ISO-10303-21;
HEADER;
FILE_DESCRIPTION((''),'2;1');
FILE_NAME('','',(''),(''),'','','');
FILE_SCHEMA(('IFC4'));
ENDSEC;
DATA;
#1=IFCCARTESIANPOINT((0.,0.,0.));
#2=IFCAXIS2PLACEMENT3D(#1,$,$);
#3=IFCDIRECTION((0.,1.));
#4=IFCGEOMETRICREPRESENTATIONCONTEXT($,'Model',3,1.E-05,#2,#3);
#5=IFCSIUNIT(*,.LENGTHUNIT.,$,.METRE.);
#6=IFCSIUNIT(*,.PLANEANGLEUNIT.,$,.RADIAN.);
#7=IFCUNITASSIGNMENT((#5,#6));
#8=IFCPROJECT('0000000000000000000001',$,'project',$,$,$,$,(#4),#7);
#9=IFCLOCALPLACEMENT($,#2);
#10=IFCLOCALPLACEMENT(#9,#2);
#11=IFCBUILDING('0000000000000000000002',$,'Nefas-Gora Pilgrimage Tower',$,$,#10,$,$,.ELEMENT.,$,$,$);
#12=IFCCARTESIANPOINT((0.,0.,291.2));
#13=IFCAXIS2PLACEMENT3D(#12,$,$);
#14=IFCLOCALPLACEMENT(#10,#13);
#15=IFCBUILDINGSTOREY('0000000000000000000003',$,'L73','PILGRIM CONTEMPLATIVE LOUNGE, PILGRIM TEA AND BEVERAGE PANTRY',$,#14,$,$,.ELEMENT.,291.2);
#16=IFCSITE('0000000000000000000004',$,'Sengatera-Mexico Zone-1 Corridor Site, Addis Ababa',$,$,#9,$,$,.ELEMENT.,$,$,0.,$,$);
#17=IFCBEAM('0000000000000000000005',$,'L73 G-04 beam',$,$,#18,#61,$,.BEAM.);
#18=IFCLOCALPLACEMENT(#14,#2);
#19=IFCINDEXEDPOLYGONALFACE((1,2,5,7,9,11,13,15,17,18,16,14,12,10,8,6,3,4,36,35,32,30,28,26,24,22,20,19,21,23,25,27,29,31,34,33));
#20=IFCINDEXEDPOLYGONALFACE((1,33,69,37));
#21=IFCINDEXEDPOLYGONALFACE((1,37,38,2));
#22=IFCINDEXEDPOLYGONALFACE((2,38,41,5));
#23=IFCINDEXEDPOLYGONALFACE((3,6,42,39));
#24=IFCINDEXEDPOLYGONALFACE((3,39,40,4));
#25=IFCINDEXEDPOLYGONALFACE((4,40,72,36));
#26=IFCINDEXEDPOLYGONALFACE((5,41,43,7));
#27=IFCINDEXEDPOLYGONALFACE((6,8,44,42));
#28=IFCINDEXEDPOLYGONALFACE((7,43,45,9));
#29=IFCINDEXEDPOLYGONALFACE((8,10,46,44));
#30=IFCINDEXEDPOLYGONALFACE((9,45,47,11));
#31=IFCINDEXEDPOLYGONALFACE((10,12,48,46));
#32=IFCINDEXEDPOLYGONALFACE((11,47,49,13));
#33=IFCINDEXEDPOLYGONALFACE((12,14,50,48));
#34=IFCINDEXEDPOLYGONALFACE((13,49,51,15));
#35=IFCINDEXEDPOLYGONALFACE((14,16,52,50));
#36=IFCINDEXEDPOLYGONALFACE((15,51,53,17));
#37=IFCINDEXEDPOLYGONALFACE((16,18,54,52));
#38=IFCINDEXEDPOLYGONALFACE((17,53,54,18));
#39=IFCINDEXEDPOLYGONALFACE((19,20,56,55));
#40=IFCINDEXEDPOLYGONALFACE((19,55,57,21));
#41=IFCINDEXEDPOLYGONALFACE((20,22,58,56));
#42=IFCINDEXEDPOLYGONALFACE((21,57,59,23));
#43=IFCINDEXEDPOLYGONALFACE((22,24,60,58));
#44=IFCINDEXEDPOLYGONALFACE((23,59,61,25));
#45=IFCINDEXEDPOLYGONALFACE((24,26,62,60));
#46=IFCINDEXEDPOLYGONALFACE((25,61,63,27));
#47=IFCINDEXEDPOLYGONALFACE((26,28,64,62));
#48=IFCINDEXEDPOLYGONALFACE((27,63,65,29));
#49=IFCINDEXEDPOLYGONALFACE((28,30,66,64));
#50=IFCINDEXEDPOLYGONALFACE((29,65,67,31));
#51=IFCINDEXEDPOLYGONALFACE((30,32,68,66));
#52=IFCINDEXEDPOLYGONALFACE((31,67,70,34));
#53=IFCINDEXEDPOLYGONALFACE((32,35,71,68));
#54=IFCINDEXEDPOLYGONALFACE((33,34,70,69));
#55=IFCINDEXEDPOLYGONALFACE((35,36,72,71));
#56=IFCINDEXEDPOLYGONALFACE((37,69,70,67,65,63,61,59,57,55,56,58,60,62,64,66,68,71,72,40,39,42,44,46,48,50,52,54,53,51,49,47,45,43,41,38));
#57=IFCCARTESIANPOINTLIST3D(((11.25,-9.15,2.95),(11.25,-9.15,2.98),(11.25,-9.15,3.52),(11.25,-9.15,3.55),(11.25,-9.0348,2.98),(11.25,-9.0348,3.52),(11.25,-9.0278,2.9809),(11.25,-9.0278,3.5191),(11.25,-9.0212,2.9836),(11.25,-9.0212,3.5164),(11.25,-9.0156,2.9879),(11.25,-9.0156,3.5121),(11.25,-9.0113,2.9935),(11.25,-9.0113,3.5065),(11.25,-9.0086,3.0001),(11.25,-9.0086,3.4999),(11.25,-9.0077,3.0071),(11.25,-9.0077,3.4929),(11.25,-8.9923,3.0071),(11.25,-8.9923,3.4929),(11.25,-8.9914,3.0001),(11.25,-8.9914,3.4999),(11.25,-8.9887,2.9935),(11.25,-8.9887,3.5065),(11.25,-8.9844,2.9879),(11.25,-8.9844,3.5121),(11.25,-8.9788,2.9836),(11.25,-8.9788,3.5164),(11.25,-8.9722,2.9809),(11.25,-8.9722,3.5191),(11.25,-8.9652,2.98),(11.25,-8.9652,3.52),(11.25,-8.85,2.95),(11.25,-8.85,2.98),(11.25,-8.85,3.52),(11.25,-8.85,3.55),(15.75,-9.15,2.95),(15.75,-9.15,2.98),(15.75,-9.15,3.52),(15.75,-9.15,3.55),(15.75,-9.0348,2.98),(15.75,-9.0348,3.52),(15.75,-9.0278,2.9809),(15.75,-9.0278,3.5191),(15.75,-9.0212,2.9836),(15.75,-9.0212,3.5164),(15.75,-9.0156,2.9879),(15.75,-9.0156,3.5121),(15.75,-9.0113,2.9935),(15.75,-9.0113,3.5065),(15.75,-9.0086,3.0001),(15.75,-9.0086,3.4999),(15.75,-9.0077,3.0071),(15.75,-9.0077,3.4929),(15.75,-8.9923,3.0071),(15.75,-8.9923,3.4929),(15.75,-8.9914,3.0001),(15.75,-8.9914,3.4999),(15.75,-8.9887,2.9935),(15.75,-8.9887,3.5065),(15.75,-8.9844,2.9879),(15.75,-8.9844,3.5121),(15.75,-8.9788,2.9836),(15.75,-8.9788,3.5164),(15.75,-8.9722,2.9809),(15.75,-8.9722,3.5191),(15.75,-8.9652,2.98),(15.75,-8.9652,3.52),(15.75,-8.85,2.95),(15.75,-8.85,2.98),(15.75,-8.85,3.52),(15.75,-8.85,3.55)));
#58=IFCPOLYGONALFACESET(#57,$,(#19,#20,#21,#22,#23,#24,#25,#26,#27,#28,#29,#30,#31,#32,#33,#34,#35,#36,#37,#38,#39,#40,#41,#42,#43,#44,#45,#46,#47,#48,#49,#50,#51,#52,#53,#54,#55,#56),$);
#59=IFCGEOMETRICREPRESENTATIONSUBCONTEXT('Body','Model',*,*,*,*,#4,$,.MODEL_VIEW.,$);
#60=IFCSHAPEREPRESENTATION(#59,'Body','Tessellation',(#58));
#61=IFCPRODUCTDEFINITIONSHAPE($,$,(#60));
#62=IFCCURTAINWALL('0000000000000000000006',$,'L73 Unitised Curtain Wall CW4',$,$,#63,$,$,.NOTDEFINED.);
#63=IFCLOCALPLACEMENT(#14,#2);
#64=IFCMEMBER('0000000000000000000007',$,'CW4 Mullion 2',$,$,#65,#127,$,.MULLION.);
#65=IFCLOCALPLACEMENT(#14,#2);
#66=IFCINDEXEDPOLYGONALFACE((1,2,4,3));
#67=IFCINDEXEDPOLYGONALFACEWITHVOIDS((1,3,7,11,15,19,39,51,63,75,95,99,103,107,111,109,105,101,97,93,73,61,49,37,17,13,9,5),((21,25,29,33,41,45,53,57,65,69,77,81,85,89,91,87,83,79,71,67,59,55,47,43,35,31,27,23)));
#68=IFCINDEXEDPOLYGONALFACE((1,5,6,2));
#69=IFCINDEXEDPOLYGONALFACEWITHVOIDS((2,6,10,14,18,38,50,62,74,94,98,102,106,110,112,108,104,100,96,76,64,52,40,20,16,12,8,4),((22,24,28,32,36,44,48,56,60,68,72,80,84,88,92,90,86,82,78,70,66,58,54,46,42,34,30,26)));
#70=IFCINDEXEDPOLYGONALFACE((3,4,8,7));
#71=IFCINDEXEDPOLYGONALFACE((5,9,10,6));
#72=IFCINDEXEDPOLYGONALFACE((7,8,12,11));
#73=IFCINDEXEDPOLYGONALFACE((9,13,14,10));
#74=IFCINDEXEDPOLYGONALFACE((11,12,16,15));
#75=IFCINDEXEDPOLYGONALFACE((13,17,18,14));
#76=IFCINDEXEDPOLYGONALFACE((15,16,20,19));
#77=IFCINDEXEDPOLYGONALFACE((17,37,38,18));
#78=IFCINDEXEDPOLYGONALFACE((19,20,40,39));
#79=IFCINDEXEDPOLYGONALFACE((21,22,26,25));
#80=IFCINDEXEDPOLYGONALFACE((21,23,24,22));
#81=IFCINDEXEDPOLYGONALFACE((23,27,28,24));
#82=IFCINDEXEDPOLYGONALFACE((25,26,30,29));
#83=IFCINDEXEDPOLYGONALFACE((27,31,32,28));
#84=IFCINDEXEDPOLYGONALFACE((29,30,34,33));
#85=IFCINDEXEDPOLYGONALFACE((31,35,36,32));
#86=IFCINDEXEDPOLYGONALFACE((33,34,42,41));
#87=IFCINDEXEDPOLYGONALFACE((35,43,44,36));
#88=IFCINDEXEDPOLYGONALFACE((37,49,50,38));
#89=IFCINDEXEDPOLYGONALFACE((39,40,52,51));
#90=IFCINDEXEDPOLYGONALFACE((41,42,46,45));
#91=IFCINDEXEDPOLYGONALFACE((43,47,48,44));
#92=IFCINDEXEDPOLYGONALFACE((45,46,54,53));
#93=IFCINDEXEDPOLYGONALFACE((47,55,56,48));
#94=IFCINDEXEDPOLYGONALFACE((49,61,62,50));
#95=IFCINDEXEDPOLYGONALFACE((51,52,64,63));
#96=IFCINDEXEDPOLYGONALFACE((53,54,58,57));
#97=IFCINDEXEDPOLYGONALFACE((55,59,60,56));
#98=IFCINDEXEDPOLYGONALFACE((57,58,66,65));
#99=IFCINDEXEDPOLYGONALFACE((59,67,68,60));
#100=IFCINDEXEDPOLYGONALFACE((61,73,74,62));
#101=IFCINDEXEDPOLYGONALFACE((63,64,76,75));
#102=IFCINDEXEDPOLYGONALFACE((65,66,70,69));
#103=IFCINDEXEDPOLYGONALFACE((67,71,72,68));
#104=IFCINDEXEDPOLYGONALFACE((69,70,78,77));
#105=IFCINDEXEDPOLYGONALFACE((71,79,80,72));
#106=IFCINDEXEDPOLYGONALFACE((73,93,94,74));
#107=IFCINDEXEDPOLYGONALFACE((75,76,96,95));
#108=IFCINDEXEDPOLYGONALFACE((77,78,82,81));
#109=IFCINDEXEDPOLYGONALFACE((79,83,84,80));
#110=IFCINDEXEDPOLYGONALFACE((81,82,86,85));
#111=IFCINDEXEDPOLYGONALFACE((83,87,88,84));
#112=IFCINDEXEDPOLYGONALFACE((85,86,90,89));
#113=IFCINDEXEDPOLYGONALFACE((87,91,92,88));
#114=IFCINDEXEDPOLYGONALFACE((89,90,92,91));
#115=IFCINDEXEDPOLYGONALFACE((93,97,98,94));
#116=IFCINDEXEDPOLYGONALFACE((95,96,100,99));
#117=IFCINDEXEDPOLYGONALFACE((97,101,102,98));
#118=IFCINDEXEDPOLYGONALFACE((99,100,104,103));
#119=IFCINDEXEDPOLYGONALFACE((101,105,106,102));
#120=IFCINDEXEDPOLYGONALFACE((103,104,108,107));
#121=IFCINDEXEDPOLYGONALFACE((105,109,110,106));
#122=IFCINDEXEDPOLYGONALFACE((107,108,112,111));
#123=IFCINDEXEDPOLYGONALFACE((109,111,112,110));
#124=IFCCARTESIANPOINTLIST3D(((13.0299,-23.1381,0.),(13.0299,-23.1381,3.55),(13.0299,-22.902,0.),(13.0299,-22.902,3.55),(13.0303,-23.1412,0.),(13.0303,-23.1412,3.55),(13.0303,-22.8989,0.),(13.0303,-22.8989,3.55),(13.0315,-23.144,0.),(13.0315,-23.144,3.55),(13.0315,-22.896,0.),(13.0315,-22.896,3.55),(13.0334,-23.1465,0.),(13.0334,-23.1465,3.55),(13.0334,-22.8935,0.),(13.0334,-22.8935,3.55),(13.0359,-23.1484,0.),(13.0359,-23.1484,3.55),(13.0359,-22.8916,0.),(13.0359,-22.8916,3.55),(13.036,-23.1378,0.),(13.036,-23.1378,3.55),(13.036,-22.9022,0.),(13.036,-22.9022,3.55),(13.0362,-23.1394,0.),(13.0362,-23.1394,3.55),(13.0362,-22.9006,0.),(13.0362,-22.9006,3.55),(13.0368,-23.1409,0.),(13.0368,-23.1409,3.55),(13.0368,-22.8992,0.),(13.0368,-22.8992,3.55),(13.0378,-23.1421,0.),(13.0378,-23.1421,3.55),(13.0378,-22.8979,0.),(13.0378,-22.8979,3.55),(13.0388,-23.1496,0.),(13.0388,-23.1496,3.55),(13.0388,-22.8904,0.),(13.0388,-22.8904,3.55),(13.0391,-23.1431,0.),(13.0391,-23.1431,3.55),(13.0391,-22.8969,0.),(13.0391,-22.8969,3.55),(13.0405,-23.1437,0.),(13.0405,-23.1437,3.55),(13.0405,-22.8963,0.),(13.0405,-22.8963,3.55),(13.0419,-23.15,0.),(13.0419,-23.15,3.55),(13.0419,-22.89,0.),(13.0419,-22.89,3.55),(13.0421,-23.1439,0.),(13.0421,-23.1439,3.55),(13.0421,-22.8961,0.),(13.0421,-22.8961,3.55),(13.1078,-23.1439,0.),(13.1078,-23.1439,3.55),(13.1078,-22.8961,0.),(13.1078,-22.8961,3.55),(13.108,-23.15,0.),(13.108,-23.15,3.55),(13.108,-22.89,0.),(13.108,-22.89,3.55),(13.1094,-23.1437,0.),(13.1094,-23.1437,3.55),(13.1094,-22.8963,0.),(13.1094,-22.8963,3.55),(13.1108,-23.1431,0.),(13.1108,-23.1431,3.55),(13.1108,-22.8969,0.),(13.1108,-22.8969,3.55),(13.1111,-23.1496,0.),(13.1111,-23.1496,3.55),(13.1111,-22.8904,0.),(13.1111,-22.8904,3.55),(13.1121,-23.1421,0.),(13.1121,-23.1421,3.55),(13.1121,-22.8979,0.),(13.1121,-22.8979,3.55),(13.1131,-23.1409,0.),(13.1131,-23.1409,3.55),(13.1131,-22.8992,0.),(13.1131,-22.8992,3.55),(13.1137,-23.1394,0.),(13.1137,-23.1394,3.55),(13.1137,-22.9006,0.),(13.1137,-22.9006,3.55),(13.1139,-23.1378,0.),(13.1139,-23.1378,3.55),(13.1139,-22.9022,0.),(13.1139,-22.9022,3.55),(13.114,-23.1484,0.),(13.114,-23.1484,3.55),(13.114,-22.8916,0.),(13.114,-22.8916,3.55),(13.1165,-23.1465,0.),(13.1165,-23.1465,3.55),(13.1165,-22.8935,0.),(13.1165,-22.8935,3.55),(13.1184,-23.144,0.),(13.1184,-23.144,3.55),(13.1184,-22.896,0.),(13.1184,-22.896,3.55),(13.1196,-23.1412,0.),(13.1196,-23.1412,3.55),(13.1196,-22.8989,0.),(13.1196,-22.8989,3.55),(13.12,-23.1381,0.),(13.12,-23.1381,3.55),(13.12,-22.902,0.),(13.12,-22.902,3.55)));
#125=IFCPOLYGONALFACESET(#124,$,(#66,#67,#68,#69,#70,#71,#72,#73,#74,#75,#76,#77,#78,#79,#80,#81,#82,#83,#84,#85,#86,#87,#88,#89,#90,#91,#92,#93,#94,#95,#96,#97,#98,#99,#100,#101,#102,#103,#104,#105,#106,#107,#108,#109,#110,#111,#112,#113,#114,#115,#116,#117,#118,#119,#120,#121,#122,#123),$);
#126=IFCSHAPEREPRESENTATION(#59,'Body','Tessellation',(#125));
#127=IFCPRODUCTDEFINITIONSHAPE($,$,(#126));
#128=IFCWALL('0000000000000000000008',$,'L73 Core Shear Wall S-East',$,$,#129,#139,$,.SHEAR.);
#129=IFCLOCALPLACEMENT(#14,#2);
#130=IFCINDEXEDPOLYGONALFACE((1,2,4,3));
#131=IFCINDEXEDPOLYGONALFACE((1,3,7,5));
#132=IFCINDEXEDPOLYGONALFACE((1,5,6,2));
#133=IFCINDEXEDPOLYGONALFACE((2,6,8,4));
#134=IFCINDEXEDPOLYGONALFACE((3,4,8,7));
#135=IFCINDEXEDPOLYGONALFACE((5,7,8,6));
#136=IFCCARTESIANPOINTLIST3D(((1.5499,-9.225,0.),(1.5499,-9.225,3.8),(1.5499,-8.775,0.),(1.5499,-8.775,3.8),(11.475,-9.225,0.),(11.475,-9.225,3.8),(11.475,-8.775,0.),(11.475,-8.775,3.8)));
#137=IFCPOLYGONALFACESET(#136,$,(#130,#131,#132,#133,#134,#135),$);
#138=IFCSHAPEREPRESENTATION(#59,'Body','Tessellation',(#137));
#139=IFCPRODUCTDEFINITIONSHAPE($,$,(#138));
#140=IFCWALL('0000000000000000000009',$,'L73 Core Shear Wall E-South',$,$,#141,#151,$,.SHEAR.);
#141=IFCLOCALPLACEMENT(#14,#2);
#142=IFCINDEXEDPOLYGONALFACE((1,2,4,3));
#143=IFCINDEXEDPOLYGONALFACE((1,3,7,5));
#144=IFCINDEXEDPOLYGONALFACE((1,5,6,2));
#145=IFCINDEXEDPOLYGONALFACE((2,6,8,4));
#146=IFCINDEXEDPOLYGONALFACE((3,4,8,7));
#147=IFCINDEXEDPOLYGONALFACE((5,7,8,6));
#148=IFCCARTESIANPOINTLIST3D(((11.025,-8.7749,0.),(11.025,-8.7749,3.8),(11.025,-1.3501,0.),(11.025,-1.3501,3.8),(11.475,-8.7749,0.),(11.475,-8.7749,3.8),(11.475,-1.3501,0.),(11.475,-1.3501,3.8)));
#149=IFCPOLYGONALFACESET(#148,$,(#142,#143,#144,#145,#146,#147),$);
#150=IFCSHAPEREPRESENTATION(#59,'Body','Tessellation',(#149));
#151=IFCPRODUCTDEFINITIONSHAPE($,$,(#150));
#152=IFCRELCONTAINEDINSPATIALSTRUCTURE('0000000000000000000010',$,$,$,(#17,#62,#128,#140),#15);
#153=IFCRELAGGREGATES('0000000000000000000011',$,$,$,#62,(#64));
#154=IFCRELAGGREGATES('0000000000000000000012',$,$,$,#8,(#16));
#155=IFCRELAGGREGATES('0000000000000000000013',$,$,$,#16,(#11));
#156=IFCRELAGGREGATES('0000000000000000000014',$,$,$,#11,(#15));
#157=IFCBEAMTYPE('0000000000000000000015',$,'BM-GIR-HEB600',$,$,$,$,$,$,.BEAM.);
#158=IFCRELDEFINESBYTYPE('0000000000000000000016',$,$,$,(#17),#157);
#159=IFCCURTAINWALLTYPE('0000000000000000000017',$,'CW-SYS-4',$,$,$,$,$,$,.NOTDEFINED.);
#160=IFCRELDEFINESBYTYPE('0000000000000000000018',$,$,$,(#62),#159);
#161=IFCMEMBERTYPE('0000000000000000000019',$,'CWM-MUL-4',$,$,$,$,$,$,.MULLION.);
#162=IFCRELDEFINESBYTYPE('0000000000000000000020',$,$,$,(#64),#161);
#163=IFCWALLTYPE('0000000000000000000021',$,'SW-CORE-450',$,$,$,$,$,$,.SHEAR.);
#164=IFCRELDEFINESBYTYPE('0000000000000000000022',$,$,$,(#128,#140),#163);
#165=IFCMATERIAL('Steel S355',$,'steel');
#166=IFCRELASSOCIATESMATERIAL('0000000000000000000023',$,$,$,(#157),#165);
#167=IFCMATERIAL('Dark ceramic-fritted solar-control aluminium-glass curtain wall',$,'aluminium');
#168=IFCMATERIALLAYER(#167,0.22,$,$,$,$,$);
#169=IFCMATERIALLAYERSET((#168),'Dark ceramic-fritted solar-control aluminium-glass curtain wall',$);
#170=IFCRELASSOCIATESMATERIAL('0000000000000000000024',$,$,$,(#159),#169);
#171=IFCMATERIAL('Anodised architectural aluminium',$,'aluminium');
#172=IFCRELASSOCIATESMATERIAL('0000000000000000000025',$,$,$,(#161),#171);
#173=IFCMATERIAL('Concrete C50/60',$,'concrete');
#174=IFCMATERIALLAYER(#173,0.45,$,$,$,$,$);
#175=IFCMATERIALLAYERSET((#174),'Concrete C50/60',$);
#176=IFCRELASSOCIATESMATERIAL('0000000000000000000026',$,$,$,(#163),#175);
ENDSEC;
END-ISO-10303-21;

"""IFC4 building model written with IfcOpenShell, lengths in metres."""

from ifc_helpers import new_model, si_unit, direction, frame, frame_2d, origin, origin_2d, place, context, subcontext, project, spatial, rectangle, hollow_rectangle, i_section, extrude, source, transform, mapped, material, layer, layer_set, material_profile, profile_set, type_object, element, aggregate, save


model = new_model("IFC4")

# Units and contexts
model_context = context("Model", 3, precision=1e-05, world=origin(), true_north=direction((0.0, 1.0)))
body_context = subcontext(model_context, "Body", "Model", "MODEL_VIEW")
ifc_project = project(units=[si_unit("LENGTHUNIT", "METRE"), si_unit("PLANEANGLEUNIT", "RADIAN")], contexts=[model_context])

# Site, building, storey
site_placement = place(None, origin())
site = spatial("IfcSite", under=ifc_project, at=site_placement, Name="Sengatera-Mexico Zone-1 Corridor Site, Addis Ababa", CompositionType="ELEMENT", RefElevation=0.0)
building_placement = place(site_placement, origin())
building = spatial("IfcBuilding", under=site, at=building_placement, Name="Nefas-Gora Pilgrimage Tower", CompositionType="ELEMENT")
storey_placement = place(building_placement, frame((0.0, 0.0, 291.2)))
storey = spatial("IfcBuildingStorey", under=building, at=storey_placement, Name="L73", Description="PILGRIM CONTEMPLATIVE LOUNGE, PILGRIM TEA AND BEVERAGE PANTRY", CompositionType="ELEMENT", Elevation=291.2)

# Shared definitions
ifc_material_1 = material(Name="Steel S355", Category="steel")

# Beam
ifc_material_profile_1 = material_profile(ifc_material_1, i_section(OverallWidth=0.3, OverallDepth=0.6001, WebThickness=0.0154, FlangeThickness=0.03, FilletRadius=0.0271, at=origin_2d()), Name="HEB 600")
ifc_profile_set_1 = profile_set([ifc_material_profile_1], Name="Steel S355")
beam_type = type_object("IfcBeamType", Name="BM-GIR-HEB600", PredefinedType="BEAM", material=ifc_profile_set_1)
shared_shape_1 = source(origin(), body_context, "Body", "SweptSolid", [
    extrude(i_section(OverallWidth=0.3, OverallDepth=0.6001, WebThickness=0.0154, FlangeThickness=0.03, FilletRadius=0.0271, at=origin_2d()), origin(), (0.0, 0.0, 1.0), 4.5),
])
for number, where, z_axis, x_axis, name in (
    (1, (11.25, -9.0, 3.25), (1.0, 0.0, 0.0), (0.0, 1.0, 0.0), "L73 G-04 beam"),
):
    element("IfcBeam", number, at=place(storey_placement, frame(where, z_axis=z_axis, x_axis=x_axis)), inside=storey, type_object=beam_type, Name=name, PredefinedType="BEAM", context=body_context, shape_type="MappedRepresentation", body=[
        mapped(shared_shape_1, transform((0.0, 0.0, 0.0), x_axis=(1.0, 0.0, 0.0), y_axis=(0.0, 1.0, 0.0), z_axis=(0.0, 0.0, 1.0), scale=1.0)),
    ])

# Curtain wall, member
ifc_material_2 = material(Name="Dark ceramic-fritted solar-control aluminium-glass curtain wall", Category="aluminium")
ifc_layer_1 = layer(ifc_material_2, 0.22)
ifc_layer_set_1 = layer_set([ifc_layer_1], Name="Dark ceramic-fritted solar-control aluminium-glass curtain wall")
curtain_wall_type = type_object("IfcCurtainWallType", Name="CW-SYS-4", PredefinedType="NOTDEFINED", material=ifc_layer_set_1)
curtain_wall_placement = place(storey_placement, origin())
curtain_wall = element("IfcCurtainWall", 2, at=curtain_wall_placement, inside=storey, type_object=curtain_wall_type, Name="L73 Unitised Curtain Wall CW4", PredefinedType="NOTDEFINED")
ifc_material_3 = material(Name="Anodised architectural aluminium", Category="aluminium")
ifc_material_profile_2 = material_profile(ifc_material_3, hollow_rectangle(XDim=0.0901, YDim=0.26, WallThickness=0.0061, InnerFilletRadius=0.0061, OuterFilletRadius=0.012, at=origin_2d()), Name="ALU MULLION 90x260")
ifc_profile_set_2 = profile_set([ifc_material_profile_2], Name="Anodised architectural aluminium")
member_type = type_object("IfcMemberType", Name="CWM-MUL-4", PredefinedType="MULLION", material=ifc_profile_set_2)
shared_shape_2 = source(origin(), body_context, "Body", "SweptSolid", [
    extrude(hollow_rectangle(XDim=0.0901, YDim=0.26, WallThickness=0.0061, InnerFilletRadius=0.0061, OuterFilletRadius=0.012, at=origin_2d()), origin(), (0.0, 0.0, 1.0), 3.55),
])
member_placement = place(storey_placement, frame((13.075, -23.02, 0.0), z_axis=(0.0, 0.0, 1.0), x_axis=(1.0, 0.0, 0.0)))
member = element("IfcMember", 3, at=member_placement, type_object=member_type, Name="CW4 Mullion 2", PredefinedType="MULLION", context=body_context, shape_type="MappedRepresentation", body=[
    mapped(shared_shape_2, transform((0.0, 0.0, 0.0), x_axis=(1.0, 0.0, 0.0), y_axis=(0.0, 1.0, 0.0), z_axis=(0.0, 0.0, 1.0), scale=1.0)),
])
aggregate(curtain_wall, [member])

# Walls
ifc_material_4 = material(Name="Concrete C50/60", Category="concrete")
ifc_layer_2 = layer(ifc_material_4, 0.45)
ifc_layer_set_2 = layer_set([ifc_layer_2], Name="Concrete C50/60")
wall_type_1 = type_object("IfcWallType", Name="SW-CORE-450", PredefinedType="SHEAR", material=ifc_layer_set_2)
shared_shape_3 = source(origin(), body_context, "Body", "SweptSolid", [
    extrude(rectangle(XDim=9.925, YDim=0.45, at=frame_2d((4.9624, 0.0))), origin(), (0.0, 0.0, 1.0), 3.8),
])
wall_1_placement = place(storey_placement, frame((1.55, -9.0, 0.0), z_axis=(0.0, 0.0, 1.0), x_axis=(1.0, 0.0, 0.0)))
element("IfcWall", 4, at=wall_1_placement, inside=storey, type_object=wall_type_1, Name="L73 Core Shear Wall S-East", PredefinedType="SHEAR", context=body_context, shape_type="MappedRepresentation", body=[
    mapped(shared_shape_3, transform((0.0, 0.0, 0.0), x_axis=(1.0, 0.0, 0.0), y_axis=(0.0, 1.0, 0.0), z_axis=(0.0, 0.0, 1.0), scale=1.0)),
])
shared_shape_4 = source(origin(), body_context, "Body", "SweptSolid", [
    extrude(rectangle(XDim=7.4248, YDim=0.45, at=frame_2d((3.7124, 0.0))), origin(), (0.0, 0.0, 1.0), 3.8),
])
wall_2_placement = place(storey_placement, frame((11.25, -8.7749, 0.0), z_axis=(0.0, 0.0, 1.0), x_axis=(0.0, 1.0, 0.0)))
element("IfcWall", 5, at=wall_2_placement, inside=storey, type_object=wall_type_1, Name="L73 Core Shear Wall E-South", PredefinedType="SHEAR", context=body_context, shape_type="MappedRepresentation", body=[
    mapped(shared_shape_4, transform((0.0, 0.0, 0.0), x_axis=(1.0, 0.0, 0.0), y_axis=(0.0, 1.0, 0.0), z_axis=(0.0, 0.0, 1.0), scale=1.0)),
])

save(model, "model.ifc")
